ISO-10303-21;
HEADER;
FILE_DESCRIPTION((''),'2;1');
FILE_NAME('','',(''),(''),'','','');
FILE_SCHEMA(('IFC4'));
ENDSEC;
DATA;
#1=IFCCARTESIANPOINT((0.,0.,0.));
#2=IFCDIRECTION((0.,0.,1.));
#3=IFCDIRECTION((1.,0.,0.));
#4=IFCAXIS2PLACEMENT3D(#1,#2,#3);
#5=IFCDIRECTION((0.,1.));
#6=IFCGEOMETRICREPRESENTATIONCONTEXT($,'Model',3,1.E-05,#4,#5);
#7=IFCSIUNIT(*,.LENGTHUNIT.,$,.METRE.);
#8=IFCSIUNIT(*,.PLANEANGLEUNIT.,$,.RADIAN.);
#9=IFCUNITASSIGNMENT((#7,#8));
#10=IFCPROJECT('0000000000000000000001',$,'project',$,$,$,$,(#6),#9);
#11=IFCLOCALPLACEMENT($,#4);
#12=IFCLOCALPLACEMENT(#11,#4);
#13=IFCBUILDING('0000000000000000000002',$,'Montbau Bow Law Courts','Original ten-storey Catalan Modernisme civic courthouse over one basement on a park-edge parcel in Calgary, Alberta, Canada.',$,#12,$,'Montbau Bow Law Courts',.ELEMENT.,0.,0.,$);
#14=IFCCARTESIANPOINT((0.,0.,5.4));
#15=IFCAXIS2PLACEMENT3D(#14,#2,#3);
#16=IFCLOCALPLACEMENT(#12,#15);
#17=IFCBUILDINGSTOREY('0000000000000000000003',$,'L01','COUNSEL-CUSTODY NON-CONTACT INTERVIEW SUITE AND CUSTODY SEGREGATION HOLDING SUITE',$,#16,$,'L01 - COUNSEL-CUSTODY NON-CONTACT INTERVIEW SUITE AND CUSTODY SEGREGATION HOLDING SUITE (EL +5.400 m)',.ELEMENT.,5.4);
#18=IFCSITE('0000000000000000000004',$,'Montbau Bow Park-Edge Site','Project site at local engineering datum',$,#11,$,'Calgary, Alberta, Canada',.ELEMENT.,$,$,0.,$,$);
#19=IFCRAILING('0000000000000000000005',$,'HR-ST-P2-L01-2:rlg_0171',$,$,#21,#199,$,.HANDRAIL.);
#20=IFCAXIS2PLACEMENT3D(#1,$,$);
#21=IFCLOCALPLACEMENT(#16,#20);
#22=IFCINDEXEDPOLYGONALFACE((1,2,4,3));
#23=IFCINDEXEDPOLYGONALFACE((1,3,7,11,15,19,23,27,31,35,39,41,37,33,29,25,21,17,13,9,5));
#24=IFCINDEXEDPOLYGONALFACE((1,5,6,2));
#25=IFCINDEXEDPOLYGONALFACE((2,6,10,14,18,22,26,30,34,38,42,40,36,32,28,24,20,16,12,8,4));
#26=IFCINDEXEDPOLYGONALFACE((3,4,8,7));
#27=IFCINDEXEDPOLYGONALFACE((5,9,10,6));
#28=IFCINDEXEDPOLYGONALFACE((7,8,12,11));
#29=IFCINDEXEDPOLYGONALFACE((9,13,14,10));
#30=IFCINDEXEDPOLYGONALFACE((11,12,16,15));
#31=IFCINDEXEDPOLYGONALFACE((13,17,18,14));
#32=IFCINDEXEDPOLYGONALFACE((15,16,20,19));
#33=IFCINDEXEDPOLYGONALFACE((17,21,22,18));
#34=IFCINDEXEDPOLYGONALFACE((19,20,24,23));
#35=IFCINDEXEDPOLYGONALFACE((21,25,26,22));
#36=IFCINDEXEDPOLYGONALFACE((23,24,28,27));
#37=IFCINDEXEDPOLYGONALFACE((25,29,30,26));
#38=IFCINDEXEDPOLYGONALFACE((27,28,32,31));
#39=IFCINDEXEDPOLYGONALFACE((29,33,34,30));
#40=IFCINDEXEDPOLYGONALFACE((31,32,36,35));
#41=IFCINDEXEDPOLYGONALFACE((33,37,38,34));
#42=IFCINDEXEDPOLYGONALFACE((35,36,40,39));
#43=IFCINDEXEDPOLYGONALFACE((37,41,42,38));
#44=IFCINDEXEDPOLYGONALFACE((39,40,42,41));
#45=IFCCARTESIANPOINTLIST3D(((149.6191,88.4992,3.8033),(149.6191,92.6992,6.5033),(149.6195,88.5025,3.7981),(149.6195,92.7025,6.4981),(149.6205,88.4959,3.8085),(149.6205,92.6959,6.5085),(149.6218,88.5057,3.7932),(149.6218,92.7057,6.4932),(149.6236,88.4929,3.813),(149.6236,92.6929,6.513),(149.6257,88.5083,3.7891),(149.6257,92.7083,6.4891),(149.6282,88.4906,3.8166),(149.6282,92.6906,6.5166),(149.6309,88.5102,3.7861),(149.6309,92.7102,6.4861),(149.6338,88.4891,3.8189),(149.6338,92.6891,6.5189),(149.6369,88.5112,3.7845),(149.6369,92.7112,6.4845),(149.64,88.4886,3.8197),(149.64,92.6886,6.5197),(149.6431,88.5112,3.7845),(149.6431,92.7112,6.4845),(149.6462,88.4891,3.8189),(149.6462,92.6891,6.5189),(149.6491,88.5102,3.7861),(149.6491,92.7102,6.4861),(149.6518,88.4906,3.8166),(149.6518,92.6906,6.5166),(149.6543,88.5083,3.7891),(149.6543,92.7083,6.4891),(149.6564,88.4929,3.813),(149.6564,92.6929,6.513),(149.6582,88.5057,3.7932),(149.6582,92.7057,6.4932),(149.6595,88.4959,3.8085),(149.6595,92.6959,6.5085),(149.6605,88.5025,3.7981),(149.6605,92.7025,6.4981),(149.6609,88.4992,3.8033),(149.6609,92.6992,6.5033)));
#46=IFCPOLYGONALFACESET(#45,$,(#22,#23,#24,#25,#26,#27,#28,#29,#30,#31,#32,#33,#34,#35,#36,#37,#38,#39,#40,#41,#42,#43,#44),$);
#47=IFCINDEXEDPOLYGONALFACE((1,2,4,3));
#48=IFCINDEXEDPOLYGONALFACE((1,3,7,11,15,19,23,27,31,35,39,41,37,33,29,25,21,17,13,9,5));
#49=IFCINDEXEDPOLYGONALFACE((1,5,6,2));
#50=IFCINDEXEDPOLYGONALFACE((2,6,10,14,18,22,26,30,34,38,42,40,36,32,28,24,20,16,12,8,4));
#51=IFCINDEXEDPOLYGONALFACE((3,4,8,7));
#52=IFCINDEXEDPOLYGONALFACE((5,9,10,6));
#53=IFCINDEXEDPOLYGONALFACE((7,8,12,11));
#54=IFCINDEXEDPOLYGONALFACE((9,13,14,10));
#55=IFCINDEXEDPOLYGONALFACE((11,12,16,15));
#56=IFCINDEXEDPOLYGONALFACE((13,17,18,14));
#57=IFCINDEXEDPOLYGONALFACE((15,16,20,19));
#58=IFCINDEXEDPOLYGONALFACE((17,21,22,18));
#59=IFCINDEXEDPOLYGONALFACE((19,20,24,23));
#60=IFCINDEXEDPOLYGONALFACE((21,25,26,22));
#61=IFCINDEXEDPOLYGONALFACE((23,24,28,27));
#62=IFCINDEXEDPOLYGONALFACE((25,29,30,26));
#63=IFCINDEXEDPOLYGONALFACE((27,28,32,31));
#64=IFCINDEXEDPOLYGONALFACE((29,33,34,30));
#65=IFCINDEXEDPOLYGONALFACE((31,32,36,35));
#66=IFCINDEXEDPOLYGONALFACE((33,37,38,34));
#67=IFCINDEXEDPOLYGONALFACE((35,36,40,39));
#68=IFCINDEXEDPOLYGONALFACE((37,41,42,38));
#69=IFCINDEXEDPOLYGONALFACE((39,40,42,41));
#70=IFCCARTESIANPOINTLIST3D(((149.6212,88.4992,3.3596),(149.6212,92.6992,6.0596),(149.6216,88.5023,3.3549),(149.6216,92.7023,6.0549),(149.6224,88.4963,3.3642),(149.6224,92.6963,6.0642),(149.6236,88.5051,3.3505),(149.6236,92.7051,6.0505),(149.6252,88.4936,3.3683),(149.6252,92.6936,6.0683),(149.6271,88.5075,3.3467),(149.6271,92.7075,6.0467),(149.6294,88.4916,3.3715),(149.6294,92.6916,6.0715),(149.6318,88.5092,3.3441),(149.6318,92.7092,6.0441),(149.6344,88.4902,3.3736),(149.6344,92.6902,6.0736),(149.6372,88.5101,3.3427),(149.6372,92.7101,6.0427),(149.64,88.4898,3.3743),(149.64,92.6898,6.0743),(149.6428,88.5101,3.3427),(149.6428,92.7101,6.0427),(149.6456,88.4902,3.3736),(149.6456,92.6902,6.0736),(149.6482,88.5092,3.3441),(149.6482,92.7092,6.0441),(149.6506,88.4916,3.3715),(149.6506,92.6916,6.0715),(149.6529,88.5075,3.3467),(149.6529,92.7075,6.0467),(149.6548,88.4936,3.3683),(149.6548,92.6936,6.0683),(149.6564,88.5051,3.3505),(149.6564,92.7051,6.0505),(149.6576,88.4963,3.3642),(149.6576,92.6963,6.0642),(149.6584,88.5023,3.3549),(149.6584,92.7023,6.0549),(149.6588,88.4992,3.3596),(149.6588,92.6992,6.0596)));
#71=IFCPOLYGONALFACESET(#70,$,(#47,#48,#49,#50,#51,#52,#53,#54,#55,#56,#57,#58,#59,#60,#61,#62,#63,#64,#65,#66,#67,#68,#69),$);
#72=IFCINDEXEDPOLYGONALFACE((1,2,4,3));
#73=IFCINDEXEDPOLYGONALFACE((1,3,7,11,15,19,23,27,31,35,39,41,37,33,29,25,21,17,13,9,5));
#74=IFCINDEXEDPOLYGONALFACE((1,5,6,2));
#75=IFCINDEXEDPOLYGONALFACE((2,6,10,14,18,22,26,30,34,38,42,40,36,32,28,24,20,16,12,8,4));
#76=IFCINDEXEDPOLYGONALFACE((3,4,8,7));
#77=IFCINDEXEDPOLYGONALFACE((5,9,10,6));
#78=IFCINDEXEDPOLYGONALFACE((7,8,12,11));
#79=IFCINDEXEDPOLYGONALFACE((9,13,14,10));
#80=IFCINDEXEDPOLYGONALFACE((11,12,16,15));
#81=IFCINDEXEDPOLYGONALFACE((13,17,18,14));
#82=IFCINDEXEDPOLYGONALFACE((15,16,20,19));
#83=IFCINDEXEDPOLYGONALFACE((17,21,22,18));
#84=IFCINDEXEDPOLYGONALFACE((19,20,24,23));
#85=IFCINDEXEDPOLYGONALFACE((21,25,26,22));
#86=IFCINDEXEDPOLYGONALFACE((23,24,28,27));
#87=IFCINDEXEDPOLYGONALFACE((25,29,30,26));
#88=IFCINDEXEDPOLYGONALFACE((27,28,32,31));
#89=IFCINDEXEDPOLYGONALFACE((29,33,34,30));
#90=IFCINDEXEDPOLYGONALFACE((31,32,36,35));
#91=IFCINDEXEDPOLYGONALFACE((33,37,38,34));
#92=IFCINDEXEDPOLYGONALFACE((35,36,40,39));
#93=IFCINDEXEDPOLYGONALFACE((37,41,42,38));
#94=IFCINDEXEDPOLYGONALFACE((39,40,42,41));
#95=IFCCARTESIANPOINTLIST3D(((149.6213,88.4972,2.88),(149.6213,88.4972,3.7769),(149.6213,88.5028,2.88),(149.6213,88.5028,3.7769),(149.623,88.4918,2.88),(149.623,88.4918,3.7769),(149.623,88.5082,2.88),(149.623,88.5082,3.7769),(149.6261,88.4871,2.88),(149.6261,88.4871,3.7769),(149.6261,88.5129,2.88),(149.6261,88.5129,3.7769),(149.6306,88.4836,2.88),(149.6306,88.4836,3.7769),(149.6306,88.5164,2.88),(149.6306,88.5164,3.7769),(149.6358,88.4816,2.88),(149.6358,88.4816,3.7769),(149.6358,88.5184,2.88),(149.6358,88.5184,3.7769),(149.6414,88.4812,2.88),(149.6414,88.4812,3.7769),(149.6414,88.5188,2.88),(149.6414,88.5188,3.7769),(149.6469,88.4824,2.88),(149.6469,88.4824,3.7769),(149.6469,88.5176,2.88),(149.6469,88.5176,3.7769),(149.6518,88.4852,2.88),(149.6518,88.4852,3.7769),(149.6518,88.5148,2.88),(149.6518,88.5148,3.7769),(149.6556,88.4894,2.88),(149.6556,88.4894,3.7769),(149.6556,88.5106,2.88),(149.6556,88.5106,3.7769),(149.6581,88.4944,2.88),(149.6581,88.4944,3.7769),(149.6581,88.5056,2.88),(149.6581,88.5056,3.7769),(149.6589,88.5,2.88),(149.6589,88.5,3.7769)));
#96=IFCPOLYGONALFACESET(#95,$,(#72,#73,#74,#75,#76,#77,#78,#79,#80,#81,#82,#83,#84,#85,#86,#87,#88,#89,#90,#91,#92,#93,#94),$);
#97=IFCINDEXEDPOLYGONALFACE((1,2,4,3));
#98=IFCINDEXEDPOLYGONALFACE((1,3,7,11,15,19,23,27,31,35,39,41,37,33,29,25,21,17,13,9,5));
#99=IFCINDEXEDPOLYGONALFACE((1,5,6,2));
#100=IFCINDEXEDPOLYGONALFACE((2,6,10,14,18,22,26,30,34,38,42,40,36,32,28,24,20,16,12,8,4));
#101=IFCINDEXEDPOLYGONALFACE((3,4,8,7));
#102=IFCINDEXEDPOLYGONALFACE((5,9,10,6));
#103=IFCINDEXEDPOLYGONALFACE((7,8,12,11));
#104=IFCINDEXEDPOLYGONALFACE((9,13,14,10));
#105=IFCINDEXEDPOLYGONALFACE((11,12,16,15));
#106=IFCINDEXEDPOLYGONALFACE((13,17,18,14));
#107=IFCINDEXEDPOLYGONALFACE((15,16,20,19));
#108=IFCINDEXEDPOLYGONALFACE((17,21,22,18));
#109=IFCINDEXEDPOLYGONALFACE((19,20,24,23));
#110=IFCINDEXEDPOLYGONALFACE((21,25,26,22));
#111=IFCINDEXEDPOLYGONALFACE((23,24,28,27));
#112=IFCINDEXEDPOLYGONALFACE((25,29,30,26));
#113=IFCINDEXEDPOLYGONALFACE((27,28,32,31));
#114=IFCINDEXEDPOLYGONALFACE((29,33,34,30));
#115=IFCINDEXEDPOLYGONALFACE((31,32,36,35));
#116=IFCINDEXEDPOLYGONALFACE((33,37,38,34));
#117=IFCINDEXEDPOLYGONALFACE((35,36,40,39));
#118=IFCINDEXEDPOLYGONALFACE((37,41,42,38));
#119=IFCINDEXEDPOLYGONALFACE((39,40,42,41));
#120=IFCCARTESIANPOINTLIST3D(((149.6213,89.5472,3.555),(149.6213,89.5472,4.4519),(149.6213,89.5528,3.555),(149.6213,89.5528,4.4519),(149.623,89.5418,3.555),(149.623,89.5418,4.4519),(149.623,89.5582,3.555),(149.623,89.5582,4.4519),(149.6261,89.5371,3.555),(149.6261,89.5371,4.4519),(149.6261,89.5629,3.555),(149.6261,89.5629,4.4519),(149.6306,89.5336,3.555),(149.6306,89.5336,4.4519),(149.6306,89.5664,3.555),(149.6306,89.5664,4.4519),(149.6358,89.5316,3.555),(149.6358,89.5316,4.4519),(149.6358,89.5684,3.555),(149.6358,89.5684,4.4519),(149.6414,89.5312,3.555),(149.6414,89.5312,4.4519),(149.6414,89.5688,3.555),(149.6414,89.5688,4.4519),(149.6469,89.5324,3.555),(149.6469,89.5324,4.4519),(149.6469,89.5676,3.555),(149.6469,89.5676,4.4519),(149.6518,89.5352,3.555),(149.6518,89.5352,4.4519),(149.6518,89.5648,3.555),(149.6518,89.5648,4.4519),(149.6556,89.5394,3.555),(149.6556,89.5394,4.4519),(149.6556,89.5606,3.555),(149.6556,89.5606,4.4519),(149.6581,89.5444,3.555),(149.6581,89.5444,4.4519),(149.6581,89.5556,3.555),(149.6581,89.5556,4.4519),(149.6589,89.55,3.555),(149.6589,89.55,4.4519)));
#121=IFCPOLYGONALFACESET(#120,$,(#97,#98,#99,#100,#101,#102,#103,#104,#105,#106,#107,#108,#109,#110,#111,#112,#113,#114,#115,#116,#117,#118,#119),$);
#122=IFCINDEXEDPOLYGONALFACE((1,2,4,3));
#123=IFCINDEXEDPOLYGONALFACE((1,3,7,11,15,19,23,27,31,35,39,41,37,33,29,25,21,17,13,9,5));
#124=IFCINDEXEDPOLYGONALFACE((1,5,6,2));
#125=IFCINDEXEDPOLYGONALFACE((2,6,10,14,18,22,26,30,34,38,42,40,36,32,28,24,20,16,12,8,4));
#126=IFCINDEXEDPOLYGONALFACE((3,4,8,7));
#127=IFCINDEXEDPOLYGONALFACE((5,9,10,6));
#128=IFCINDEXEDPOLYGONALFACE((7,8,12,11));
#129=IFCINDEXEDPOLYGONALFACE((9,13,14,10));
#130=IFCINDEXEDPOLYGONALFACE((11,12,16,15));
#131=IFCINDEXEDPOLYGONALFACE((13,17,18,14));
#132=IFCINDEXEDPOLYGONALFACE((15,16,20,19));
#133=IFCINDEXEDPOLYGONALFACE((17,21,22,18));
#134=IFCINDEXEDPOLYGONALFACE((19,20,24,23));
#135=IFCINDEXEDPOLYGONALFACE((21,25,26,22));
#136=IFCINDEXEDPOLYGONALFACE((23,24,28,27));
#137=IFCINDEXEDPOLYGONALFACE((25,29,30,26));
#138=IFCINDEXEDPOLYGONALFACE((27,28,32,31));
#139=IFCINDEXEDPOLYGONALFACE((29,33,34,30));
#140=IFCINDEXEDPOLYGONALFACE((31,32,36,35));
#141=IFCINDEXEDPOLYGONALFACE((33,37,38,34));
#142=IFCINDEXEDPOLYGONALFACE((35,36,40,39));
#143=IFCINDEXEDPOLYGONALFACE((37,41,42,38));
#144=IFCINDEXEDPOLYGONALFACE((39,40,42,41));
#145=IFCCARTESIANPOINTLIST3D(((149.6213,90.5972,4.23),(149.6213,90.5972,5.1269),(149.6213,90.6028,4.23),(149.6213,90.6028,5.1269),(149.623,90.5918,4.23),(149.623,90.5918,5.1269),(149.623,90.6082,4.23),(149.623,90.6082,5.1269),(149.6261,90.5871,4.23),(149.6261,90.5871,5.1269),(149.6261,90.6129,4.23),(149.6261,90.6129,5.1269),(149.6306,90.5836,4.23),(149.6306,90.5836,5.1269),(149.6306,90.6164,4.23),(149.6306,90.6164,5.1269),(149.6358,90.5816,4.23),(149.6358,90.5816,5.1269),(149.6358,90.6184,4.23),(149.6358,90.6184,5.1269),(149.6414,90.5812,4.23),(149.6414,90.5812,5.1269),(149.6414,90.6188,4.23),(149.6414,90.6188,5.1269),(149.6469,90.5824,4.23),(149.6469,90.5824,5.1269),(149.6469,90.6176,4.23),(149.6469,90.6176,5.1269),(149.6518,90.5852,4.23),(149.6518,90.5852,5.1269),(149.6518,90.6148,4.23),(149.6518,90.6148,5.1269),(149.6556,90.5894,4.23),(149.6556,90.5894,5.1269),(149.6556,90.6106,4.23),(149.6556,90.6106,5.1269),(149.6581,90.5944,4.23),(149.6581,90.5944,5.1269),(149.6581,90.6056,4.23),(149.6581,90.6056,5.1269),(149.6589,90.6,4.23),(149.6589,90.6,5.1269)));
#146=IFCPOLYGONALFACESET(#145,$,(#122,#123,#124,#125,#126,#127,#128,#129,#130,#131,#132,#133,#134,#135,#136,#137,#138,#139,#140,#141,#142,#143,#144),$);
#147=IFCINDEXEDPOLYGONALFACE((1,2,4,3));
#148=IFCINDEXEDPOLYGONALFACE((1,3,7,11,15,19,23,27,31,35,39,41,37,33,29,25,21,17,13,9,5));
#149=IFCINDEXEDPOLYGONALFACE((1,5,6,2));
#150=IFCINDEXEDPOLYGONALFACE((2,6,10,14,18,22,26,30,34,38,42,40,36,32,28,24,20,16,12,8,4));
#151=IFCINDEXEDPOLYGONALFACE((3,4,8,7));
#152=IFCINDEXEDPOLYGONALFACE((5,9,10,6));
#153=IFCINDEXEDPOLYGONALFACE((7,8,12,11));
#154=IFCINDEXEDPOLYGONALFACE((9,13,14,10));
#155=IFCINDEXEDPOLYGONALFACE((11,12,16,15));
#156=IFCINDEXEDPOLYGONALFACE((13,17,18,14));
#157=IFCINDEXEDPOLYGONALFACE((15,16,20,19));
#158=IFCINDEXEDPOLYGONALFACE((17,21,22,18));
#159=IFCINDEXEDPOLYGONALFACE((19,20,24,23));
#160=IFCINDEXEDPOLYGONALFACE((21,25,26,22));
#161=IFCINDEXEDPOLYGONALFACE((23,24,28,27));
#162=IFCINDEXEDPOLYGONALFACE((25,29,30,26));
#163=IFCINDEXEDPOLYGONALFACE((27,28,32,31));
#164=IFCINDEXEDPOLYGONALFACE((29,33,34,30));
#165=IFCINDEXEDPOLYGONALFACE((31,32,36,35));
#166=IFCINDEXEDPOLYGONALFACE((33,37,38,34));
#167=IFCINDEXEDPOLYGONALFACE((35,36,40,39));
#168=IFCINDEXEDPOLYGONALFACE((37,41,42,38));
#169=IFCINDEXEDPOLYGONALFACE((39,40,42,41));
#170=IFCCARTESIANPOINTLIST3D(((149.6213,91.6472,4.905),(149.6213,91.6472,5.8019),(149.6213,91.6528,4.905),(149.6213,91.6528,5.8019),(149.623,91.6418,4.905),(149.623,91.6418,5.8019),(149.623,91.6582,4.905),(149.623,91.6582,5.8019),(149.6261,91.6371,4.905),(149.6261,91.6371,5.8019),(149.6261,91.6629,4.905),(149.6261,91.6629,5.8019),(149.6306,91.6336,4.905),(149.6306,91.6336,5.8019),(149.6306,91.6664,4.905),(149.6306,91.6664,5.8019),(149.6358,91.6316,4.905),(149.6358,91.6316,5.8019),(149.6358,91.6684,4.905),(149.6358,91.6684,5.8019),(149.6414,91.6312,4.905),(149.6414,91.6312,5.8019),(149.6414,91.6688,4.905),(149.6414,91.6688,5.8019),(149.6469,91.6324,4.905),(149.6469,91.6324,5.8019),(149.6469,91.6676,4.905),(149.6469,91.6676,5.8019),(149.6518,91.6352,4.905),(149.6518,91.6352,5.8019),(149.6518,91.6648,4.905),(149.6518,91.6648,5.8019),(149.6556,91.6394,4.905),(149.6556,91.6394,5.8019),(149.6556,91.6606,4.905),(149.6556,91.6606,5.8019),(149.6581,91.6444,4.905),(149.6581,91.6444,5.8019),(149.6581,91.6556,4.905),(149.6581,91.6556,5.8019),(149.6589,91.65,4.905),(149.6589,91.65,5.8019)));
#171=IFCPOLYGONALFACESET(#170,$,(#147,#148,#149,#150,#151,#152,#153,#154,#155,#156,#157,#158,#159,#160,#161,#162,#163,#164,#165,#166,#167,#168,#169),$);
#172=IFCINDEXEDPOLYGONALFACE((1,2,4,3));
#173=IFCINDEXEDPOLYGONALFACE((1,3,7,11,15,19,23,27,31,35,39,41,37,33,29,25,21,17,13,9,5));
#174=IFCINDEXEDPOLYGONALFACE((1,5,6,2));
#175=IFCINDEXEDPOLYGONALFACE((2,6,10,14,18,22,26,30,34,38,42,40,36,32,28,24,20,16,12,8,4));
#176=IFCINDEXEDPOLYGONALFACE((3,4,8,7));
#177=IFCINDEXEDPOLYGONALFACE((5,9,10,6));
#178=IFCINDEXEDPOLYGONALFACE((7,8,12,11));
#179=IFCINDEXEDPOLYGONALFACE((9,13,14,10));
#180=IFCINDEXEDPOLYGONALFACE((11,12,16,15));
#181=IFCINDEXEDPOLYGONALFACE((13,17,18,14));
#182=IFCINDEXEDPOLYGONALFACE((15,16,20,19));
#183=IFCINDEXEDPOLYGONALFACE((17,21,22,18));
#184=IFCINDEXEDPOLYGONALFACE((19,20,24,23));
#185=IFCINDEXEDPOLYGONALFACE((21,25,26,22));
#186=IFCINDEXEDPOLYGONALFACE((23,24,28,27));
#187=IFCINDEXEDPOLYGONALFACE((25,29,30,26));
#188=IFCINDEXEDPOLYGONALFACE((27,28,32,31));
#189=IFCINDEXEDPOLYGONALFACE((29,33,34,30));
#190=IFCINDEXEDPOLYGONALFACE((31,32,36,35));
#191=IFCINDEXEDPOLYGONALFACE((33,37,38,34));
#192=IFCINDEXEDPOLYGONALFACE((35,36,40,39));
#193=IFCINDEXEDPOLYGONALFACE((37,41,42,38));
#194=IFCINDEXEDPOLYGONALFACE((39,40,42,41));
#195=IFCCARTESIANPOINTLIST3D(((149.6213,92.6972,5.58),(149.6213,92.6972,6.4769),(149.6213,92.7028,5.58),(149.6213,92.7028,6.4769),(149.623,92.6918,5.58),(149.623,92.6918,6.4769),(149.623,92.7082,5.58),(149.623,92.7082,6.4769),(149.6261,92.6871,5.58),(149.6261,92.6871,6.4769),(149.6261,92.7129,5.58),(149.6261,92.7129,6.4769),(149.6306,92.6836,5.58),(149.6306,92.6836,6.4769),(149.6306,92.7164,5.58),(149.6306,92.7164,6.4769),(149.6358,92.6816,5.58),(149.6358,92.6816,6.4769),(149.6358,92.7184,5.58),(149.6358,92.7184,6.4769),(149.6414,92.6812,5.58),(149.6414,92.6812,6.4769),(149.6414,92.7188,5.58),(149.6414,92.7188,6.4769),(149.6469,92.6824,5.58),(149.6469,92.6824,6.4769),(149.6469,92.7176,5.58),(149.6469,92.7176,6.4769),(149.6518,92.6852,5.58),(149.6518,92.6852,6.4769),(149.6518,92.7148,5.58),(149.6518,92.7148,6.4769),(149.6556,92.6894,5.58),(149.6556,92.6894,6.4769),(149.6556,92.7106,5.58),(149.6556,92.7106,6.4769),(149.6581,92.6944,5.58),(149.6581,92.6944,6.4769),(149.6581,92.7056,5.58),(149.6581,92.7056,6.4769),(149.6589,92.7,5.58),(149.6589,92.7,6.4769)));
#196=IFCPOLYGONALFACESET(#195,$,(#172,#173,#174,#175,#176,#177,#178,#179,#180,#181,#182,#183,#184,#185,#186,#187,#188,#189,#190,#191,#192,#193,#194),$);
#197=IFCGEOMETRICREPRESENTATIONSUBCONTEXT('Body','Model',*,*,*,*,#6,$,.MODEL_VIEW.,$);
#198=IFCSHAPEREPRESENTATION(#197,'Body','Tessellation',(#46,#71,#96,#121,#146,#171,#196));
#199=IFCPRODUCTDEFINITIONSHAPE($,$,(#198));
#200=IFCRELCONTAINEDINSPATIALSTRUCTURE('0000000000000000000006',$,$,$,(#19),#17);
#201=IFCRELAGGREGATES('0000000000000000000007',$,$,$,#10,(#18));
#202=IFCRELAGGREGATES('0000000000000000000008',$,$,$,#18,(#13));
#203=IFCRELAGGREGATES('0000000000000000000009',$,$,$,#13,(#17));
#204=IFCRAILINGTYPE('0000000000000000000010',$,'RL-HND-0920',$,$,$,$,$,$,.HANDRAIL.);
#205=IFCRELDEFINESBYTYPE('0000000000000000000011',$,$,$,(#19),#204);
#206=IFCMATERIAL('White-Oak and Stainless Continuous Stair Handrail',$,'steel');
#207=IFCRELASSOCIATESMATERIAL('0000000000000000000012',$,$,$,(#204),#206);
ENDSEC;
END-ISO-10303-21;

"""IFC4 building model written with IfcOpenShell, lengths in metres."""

from ifc_helpers import new_model, si_unit, direction, frame, origin_with_axes, origin_2d_with_axis, place, context, subcontext, project, spatial, circle, extrude, material, type_object, element, save


model = new_model("IFC4")

# Units and contexts
model_context = context("Model", 3, precision=1e-05, world=origin_with_axes(), true_north=direction((0.0, 1.0)))
body_context = subcontext(model_context, "Body", "Model", "MODEL_VIEW")
ifc_project = project(units=[si_unit("LENGTHUNIT", "METRE"), si_unit("PLANEANGLEUNIT", "RADIAN")], contexts=[model_context])

# Site, building, storey
site_placement = place(None, origin_with_axes())
site = spatial("IfcSite", under=ifc_project, at=site_placement, Name="Montbau Bow Park-Edge Site", Description="Project site at local engineering datum", LongName="Calgary, Alberta, Canada", CompositionType="ELEMENT", RefElevation=0.0)
building_placement = place(site_placement, origin_with_axes())
building = spatial("IfcBuilding", under=site, at=building_placement, Name="Montbau Bow Law Courts", Description="Original ten-storey Catalan Modernisme civic courthouse over one basement on a park-edge parcel in Calgary, Alberta, Canada.", LongName="Montbau Bow Law Courts", CompositionType="ELEMENT", ElevationOfRefHeight=0.0, ElevationOfTerrain=0.0)
storey_placement = place(building_placement, frame((0.0, 0.0, 5.4), z_axis=(0.0, 0.0, 1.0), x_axis=(1.0, 0.0, 0.0)))
storey = spatial("IfcBuildingStorey", under=building, at=storey_placement, Name="L01", Description="COUNSEL-CUSTODY NON-CONTACT INTERVIEW SUITE AND CUSTODY SEGREGATION HOLDING SUITE", LongName="L01 - COUNSEL-CUSTODY NON-CONTACT INTERVIEW SUITE AND CUSTODY SEGREGATION HOLDING SUITE (EL +5.400 m)", CompositionType="ELEMENT", Elevation=5.4)

# Railing
ifc_material_1 = material(Name="White-Oak and Stainless Continuous Stair Handrail", Category="steel")
railing_type_1 = type_object("IfcRailingType", Name="RL-HND-0920", PredefinedType="HANDRAIL", material=ifc_material_1)
railing_1_placement = place(None, origin_with_axes())
element("IfcRailing", 1, at=railing_1_placement, inside=storey, type_object=railing_type_1, Name="HR-ST-P2-L01-2:rlg_0171", PredefinedType="HANDRAIL", context=body_context, shape_type="SweptSolid", body=[
    extrude(circle(Radius=0.021, at=origin_2d_with_axis()), frame((149.64, 88.5, 9.202), z_axis=(0.0, 0.841178, 0.540758), x_axis=(0.0, -0.540758, 0.841178)), (0.0, 0.0, 1.0), 4.993),
    extrude(circle(Radius=0.0189, at=origin_2d_with_axis()), frame((149.64, 88.5, 8.7584), z_axis=(0.0, 0.841178, 0.540758), x_axis=(0.0, -0.540758, 0.841178)), (0.0, 0.0, 1.0), 4.993),
    extrude(circle(Radius=0.0189, at=origin_2d_with_axis()), frame((149.64, 88.5, 8.28), z_axis=(0.0, 0.0, 1.0), x_axis=(1.0, 0.0, 0.0)), (0.0, 0.0, 1.0), 0.8969),
    extrude(circle(Radius=0.0189, at=origin_2d_with_axis()), frame((149.64, 89.55, 8.955), z_axis=(0.0, 0.0, 1.0), x_axis=(1.0, 0.0, 0.0)), (0.0, 0.0, 1.0), 0.8969),
    extrude(circle(Radius=0.0189, at=origin_2d_with_axis()), frame((149.64, 90.6, 9.63), z_axis=(0.0, 0.0, 1.0), x_axis=(1.0, 0.0, 0.0)), (0.0, 0.0, 1.0), 0.8969),
    extrude(circle(Radius=0.0189, at=origin_2d_with_axis()), frame((149.64, 91.65, 10.305), z_axis=(0.0, 0.0, 1.0), x_axis=(1.0, 0.0, 0.0)), (0.0, 0.0, 1.0), 0.8969),
    extrude(circle(Radius=0.0189, at=origin_2d_with_axis()), frame((149.64, 92.7, 10.98), z_axis=(0.0, 0.0, 1.0), x_axis=(1.0, 0.0, 0.0)), (0.0, 0.0, 1.0), 0.8969),
])

save(model, "model.ifc")
